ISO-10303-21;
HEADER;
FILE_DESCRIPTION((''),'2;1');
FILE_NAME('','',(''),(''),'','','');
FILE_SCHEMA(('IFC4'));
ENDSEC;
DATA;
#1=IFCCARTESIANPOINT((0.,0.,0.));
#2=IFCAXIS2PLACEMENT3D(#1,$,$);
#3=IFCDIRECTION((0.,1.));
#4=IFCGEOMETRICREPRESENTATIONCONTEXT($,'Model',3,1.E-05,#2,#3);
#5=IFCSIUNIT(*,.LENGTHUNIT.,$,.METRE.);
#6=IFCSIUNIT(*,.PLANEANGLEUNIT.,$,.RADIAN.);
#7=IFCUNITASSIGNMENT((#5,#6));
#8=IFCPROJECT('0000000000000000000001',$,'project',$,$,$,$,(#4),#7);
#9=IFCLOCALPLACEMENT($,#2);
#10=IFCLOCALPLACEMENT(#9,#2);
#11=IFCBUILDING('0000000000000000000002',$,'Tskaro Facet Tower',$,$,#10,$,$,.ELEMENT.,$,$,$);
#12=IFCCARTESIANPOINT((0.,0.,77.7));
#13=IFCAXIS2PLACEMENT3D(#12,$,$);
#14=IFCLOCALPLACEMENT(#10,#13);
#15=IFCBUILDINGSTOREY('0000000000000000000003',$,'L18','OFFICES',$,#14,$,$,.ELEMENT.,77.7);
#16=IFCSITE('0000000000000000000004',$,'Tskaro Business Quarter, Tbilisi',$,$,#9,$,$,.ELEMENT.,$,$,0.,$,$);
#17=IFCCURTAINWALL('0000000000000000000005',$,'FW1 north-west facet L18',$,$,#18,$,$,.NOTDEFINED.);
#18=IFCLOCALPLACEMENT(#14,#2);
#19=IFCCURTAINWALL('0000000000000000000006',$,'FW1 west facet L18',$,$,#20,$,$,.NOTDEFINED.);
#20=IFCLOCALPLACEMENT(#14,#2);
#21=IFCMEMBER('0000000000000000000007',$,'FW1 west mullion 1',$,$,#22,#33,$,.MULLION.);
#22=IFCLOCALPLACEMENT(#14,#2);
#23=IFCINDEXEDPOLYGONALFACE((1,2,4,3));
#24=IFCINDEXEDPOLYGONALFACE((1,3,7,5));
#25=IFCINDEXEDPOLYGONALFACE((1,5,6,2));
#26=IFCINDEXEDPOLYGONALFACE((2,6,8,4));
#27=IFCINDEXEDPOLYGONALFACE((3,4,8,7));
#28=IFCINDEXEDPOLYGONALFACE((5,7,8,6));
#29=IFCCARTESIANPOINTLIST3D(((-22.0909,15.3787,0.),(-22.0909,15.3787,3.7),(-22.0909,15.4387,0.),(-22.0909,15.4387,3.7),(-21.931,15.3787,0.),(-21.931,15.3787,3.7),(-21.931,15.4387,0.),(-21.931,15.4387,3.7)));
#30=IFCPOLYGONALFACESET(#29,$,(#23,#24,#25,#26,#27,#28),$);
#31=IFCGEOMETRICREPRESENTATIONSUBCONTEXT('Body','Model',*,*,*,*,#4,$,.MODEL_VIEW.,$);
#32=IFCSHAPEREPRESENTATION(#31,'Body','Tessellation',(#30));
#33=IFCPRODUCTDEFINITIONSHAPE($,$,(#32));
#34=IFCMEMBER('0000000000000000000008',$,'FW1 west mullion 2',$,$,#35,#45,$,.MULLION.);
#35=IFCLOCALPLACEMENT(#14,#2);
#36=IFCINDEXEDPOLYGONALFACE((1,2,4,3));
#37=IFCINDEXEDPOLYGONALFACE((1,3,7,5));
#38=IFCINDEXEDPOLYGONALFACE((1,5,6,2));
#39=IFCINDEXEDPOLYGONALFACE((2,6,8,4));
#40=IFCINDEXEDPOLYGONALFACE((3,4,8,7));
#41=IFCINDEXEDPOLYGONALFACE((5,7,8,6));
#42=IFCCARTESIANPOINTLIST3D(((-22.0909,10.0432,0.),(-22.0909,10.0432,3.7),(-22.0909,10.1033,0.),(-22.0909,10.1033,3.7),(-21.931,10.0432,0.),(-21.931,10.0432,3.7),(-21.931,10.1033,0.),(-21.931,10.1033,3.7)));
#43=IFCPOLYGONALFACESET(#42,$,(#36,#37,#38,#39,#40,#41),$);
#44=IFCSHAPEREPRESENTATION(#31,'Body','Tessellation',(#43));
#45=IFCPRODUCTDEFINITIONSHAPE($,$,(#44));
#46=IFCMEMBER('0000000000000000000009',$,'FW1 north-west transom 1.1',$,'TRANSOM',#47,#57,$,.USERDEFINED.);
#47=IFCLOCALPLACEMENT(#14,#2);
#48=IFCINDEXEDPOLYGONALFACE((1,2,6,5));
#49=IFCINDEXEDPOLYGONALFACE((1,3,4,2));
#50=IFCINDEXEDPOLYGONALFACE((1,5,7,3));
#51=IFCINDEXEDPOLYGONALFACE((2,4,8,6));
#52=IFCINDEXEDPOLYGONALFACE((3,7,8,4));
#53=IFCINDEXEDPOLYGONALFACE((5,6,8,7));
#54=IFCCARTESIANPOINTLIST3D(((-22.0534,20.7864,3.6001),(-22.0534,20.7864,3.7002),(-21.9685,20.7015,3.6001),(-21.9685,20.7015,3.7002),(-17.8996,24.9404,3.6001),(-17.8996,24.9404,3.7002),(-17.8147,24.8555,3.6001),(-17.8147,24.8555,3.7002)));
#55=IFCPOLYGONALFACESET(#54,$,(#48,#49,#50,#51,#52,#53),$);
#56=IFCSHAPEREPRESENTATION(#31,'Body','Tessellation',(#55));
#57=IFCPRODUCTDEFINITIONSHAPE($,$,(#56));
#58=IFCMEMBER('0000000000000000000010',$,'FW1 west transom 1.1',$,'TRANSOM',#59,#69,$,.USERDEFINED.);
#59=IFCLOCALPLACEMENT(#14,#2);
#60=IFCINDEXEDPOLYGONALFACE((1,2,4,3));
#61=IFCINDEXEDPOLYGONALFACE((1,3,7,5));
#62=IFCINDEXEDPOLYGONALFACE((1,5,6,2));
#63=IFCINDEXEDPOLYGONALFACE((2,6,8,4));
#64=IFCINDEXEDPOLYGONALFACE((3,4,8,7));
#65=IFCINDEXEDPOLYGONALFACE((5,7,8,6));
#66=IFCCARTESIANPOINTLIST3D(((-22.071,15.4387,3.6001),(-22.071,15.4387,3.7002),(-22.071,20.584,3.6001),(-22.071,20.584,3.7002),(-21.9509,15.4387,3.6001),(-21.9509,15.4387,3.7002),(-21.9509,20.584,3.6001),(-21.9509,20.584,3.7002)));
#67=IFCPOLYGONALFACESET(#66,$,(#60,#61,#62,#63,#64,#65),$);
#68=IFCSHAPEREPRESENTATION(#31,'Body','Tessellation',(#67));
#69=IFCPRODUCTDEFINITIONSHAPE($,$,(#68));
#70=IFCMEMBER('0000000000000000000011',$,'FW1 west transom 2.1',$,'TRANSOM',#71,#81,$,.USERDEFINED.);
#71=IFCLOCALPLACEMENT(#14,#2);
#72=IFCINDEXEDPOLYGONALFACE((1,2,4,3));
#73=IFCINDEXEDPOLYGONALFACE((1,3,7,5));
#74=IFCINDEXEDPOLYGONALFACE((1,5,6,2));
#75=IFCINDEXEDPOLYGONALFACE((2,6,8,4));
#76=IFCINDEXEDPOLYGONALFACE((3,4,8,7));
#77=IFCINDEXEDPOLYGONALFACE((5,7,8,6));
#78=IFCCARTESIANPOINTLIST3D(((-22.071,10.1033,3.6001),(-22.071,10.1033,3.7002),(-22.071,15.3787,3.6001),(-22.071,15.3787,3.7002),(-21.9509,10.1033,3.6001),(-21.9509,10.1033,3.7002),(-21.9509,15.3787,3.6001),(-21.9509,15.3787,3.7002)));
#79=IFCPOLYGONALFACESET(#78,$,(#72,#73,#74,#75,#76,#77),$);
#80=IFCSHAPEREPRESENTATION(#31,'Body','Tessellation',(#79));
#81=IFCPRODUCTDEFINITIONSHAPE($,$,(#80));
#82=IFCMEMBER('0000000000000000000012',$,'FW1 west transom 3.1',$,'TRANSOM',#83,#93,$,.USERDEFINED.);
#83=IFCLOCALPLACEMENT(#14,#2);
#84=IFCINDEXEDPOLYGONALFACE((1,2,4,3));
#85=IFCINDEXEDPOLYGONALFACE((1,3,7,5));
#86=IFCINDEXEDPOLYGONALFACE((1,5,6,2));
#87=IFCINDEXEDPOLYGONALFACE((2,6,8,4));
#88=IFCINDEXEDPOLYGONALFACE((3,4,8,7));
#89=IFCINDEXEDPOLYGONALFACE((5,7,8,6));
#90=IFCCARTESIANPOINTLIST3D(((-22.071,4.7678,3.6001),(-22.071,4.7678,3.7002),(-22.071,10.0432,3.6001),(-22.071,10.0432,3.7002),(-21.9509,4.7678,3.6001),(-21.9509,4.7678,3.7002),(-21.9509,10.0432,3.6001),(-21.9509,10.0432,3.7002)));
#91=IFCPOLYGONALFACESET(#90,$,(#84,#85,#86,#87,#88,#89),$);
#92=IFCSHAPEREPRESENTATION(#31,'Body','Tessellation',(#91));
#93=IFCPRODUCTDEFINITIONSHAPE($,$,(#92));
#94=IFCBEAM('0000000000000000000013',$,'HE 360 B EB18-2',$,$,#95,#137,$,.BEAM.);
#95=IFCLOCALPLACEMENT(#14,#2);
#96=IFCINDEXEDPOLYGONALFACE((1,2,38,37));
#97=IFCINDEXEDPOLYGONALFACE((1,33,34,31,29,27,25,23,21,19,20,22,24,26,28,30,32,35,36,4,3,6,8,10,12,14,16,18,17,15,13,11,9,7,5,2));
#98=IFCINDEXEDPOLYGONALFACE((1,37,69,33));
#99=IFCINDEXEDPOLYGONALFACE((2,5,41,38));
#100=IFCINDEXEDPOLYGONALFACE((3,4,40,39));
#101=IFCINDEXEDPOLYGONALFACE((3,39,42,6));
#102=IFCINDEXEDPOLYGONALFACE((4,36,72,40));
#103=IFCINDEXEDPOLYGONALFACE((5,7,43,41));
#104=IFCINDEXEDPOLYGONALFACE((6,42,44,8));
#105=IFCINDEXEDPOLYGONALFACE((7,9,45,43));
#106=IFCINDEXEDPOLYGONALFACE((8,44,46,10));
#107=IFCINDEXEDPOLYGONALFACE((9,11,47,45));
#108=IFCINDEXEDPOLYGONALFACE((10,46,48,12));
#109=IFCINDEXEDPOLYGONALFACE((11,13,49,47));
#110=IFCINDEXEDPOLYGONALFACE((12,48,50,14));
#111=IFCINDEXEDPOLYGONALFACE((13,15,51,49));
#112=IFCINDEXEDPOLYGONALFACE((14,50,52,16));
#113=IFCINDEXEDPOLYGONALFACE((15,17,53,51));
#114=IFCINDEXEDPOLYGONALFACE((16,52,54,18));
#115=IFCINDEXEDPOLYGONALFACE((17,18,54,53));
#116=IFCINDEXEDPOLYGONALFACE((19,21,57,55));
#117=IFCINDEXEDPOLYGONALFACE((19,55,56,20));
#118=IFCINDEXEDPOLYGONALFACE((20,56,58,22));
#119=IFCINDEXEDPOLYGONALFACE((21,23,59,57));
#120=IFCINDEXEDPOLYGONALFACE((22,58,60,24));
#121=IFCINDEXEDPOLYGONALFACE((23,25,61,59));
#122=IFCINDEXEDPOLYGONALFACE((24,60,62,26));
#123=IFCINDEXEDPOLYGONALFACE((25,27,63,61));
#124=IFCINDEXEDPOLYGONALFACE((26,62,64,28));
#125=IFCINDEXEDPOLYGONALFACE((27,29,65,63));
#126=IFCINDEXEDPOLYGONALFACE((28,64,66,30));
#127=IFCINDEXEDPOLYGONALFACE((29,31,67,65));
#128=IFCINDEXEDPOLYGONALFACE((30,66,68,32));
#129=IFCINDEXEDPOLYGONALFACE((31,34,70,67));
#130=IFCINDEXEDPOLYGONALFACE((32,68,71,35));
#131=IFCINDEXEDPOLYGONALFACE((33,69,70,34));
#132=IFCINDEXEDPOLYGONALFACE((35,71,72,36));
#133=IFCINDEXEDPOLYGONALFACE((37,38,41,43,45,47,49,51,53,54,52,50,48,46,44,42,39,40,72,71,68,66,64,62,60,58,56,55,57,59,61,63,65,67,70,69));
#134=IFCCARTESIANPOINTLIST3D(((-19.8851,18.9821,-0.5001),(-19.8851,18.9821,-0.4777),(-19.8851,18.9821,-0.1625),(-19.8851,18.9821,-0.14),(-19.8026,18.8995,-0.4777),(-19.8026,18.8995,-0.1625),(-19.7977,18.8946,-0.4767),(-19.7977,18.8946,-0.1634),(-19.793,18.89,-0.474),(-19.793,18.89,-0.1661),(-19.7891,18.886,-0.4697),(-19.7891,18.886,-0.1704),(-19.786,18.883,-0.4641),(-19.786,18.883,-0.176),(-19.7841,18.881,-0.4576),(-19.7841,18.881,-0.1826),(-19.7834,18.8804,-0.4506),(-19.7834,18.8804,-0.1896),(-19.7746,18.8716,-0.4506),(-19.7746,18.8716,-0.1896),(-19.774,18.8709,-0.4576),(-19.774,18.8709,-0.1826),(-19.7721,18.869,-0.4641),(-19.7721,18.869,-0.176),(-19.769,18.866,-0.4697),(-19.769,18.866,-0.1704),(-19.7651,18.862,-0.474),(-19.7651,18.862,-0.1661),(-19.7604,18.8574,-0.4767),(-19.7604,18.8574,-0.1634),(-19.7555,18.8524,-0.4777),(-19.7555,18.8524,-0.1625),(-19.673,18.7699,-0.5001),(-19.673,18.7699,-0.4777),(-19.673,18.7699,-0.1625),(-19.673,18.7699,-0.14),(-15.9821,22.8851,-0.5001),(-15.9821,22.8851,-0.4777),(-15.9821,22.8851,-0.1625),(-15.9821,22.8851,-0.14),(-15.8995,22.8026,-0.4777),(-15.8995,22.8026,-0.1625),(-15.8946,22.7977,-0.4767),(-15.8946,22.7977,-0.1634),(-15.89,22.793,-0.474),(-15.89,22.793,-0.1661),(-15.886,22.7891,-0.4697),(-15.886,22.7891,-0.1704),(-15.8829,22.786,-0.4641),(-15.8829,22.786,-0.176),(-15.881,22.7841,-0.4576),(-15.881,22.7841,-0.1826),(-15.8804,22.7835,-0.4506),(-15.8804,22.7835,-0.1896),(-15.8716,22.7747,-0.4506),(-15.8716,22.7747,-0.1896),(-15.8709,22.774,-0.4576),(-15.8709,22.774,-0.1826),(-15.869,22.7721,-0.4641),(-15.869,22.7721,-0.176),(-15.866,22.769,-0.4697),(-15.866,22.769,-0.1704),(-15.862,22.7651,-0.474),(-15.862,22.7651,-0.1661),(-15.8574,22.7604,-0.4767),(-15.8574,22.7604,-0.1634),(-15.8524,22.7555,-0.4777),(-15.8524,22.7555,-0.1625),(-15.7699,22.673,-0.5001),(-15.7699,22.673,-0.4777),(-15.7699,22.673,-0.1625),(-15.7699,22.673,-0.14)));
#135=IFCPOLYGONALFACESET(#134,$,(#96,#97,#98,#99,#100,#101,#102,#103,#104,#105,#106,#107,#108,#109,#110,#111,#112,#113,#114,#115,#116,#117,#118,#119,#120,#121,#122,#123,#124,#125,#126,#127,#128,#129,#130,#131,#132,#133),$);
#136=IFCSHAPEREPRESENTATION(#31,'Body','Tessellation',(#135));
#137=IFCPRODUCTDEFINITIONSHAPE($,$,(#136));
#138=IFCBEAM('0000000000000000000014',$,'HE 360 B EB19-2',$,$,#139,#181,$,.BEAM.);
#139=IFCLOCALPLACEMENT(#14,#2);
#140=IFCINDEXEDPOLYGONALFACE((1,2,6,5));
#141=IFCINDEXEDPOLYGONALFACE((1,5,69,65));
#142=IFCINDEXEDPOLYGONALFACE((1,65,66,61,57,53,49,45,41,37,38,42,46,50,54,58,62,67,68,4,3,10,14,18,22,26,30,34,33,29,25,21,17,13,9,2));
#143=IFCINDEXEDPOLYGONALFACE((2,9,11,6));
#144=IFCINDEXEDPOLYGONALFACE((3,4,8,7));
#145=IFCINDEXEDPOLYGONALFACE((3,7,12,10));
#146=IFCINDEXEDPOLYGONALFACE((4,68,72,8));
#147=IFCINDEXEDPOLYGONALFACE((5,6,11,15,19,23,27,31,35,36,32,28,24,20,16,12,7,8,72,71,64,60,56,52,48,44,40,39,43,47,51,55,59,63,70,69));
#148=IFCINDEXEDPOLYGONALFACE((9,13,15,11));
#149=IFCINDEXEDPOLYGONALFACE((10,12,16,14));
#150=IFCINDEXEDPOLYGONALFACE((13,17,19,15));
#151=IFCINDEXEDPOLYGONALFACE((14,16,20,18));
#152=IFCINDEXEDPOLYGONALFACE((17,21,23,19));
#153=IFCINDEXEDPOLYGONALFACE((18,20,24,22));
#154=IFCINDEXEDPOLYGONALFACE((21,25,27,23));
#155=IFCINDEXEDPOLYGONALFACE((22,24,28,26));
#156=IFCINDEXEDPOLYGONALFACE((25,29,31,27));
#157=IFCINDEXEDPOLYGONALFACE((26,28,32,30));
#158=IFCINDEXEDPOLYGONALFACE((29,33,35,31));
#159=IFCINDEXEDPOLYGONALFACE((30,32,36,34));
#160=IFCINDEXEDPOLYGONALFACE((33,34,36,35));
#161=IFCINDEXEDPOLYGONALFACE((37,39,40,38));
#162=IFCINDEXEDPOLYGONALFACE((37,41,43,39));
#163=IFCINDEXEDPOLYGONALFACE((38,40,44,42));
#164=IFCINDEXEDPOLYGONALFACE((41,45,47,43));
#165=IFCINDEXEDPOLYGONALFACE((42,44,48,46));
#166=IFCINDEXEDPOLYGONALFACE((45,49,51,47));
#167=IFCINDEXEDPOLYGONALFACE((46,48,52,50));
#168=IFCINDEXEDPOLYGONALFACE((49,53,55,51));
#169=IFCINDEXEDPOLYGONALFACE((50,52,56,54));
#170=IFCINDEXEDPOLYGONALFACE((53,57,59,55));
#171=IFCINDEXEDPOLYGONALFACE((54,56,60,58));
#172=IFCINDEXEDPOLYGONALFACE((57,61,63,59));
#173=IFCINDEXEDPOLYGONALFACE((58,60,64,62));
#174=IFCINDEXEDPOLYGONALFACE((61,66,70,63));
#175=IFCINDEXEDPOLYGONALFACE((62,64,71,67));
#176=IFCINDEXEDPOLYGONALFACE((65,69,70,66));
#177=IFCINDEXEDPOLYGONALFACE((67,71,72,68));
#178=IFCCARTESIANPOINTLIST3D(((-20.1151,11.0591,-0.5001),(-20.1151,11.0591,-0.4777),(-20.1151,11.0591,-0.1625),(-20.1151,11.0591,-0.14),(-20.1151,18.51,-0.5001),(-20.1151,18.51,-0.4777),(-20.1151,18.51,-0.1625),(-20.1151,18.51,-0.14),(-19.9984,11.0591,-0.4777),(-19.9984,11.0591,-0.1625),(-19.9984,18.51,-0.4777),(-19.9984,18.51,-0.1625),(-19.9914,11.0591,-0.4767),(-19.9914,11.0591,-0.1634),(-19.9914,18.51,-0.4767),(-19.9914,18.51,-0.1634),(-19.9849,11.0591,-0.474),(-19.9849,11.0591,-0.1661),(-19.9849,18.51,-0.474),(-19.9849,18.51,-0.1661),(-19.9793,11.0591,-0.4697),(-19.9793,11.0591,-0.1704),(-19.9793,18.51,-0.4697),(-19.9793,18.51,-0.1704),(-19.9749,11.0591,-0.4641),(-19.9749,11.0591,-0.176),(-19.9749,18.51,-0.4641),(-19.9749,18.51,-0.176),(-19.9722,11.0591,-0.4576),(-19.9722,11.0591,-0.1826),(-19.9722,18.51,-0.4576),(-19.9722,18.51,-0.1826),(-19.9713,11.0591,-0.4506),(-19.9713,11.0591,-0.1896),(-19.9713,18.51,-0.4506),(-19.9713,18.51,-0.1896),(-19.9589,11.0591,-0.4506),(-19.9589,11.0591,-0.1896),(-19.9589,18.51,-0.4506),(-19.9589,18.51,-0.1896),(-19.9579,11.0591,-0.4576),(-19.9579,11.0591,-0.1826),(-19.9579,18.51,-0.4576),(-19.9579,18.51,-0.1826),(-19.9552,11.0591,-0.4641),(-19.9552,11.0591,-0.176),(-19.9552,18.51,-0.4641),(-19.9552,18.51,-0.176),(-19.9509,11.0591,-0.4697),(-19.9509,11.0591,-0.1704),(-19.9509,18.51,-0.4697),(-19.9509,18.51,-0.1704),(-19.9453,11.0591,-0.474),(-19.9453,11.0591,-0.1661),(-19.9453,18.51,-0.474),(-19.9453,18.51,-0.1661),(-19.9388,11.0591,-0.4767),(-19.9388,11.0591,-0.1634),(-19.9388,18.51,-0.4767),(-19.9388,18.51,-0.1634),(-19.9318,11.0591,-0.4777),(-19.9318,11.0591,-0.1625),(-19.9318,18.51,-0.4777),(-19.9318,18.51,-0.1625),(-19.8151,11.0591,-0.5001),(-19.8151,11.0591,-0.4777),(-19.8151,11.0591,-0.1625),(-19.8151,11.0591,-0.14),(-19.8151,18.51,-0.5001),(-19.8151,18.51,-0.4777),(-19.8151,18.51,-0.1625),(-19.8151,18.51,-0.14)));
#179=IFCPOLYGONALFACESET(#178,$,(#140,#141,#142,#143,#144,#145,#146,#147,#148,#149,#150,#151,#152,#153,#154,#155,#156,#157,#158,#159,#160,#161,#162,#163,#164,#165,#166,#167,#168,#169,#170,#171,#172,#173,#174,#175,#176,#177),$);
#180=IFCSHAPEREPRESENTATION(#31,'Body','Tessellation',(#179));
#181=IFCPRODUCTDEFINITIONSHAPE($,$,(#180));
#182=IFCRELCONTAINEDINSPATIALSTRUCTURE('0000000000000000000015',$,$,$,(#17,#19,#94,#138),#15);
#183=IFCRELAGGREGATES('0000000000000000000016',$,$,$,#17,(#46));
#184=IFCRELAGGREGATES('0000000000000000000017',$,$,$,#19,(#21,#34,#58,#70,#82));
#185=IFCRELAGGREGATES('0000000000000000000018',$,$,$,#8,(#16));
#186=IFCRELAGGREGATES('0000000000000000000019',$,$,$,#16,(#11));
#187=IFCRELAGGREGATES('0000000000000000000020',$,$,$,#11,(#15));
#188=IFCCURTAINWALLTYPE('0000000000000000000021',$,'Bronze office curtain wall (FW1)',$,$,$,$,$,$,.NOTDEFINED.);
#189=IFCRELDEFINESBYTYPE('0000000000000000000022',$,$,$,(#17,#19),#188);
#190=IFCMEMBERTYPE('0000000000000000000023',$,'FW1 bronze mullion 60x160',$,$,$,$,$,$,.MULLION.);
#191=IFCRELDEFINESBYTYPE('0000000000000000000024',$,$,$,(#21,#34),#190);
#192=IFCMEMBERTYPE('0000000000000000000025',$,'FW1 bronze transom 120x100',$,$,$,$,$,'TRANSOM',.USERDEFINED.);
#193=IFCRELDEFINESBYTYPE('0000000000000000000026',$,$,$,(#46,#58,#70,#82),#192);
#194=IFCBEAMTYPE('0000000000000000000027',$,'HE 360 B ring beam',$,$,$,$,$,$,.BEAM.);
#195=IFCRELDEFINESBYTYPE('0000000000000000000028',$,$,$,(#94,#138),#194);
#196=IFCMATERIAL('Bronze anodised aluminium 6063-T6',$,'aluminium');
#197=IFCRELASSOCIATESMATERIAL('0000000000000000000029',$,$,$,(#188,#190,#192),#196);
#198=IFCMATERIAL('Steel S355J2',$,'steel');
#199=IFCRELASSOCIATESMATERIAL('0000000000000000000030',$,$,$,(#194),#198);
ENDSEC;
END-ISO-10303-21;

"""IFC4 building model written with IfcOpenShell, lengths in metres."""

from ifc_helpers import new_model, si_unit, direction, frame, origin, origin_2d, place, context, subcontext, project, spatial, rectangle, i_section, extrude, material, material_profile, profile_set, type_object, element, aggregate, save


model = new_model("IFC4")

# Units and contexts
model_context = context("Model", 3, precision=1e-05, world=origin(), true_north=direction((0.0, 1.0)))
body_context = subcontext(model_context, "Body", "Model", "MODEL_VIEW")
ifc_project = project(units=[si_unit("LENGTHUNIT", "METRE"), si_unit("PLANEANGLEUNIT", "RADIAN")], contexts=[model_context])

# Site, building, storey
site_placement = place(None, origin())
site = spatial("IfcSite", under=ifc_project, at=site_placement, Name="Tskaro Business Quarter, Tbilisi", CompositionType="ELEMENT", RefElevation=0.0)
building_placement = place(site_placement, origin())
building = spatial("IfcBuilding", under=site, at=building_placement, Name="Tskaro Facet Tower", CompositionType="ELEMENT")
storey_placement = place(building_placement, frame((0.0, 0.0, 77.7)))
storey = spatial("IfcBuildingStorey", under=building, at=storey_placement, Name="L18", Description="OFFICES", CompositionType="ELEMENT", Elevation=77.7)

# Curtain wall
ifc_material_1 = material(Name="Bronze anodised aluminium 6063-T6", Category="aluminium")
curtain_wall_type = type_object("IfcCurtainWallType", Name="Bronze office curtain wall (FW1)", PredefinedType="NOTDEFINED", material=ifc_material_1)
curtain_wall_1_placement = place(storey_placement, origin())
curtain_wall_1 = element("IfcCurtainWall", 1, at=curtain_wall_1_placement, inside=storey, type_object=curtain_wall_type, Name="FW1 north-west facet L18", PredefinedType="NOTDEFINED")

# Curtain wall, members
curtain_wall_2_placement = place(storey_placement, origin())
curtain_wall_2 = element("IfcCurtainWall", 2, at=curtain_wall_2_placement, inside=storey, type_object=curtain_wall_type, Name="FW1 west facet L18", PredefinedType="NOTDEFINED")
ifc_material_profile_1 = material_profile(ifc_material_1, rectangle(XDim=0.0601, YDim=0.1599, at=origin_2d()), Name="Mullion 60x160")
ifc_profile_set_1 = profile_set([ifc_material_profile_1], Name="Bronze anodised aluminium 6063-T6")
member_type_1 = type_object("IfcMemberType", Name="FW1 bronze mullion 60x160", PredefinedType="MULLION", material=ifc_profile_set_1)
member_1_placement = place(storey_placement, frame((-22.011, 15.4087, 0.0), z_axis=(0.0, 0.0, 1.0), x_axis=(0.0, -1.0, 0.0)))
member_1 = element("IfcMember", 3, at=member_1_placement, type_object=member_type_1, Name="FW1 west mullion 1", PredefinedType="MULLION", context=body_context, shape_type="SweptSolid", body=[
    extrude(rectangle(XDim=0.0601, YDim=0.1599, at=origin_2d()), origin(), (0.0, 0.0, 1.0), 3.7),
])
member_2_placement = place(storey_placement, frame((-22.011, 10.0732, 0.0), z_axis=(0.0, 0.0, 1.0), x_axis=(0.0, -1.0, 0.0)))
member_2 = element("IfcMember", 4, at=member_2_placement, type_object=member_type_1, Name="FW1 west mullion 2", PredefinedType="MULLION", context=body_context, shape_type="SweptSolid", body=[
    extrude(rectangle(XDim=0.0601, YDim=0.1599, at=origin_2d()), origin(), (0.0, 0.0, 1.0), 3.7),
])

# Members
ifc_material_profile_2 = material_profile(ifc_material_1, rectangle(XDim=0.1201, YDim=0.1001, at=origin_2d()), Name="Transom 120x100")
ifc_profile_set_2 = profile_set([ifc_material_profile_2], Name="Bronze anodised aluminium 6063-T6")
member_type_2 = type_object("IfcMemberType", Name="FW1 bronze transom 120x100", ElementType="TRANSOM", PredefinedType="USERDEFINED", material=ifc_profile_set_2)
member_3_placement = place(storey_placement, frame((-17.8572, 24.8979, 3.6501), z_axis=(-0.707086, -0.707128, 0.0), x_axis=(0.707128, -0.707086, 0.0)))
member_3 = element("IfcMember", 5, at=member_3_placement, type_object=member_type_2, Name="FW1 north-west transom 1.1", ObjectType="TRANSOM", PredefinedType="USERDEFINED", context=body_context, shape_type="SweptSolid", body=[
    extrude(rectangle(XDim=0.1201, YDim=0.1001, at=origin_2d()), origin(), (0.0, 0.0, 1.0), 5.8745),
])
member_4_placement = place(storey_placement, frame((-22.011, 20.584, 3.6501), z_axis=(0.0, -1.0, 0.0), x_axis=(1.0, 0.0, 0.0)))
member_4 = element("IfcMember", 6, at=member_4_placement, type_object=member_type_2, Name="FW1 west transom 1.1", ObjectType="TRANSOM", PredefinedType="USERDEFINED", context=body_context, shape_type="SweptSolid", body=[
    extrude(rectangle(XDim=0.1201, YDim=0.1001, at=origin_2d()), origin(), (0.0, 0.0, 1.0), 5.1453),
])
member_5_placement = place(storey_placement, frame((-22.011, 15.3787, 3.6501), z_axis=(0.0, -1.0, 0.0), x_axis=(1.0, 0.0, 0.0)))
member_5 = element("IfcMember", 7, at=member_5_placement, type_object=member_type_2, Name="FW1 west transom 2.1", ObjectType="TRANSOM", PredefinedType="USERDEFINED", context=body_context, shape_type="SweptSolid", body=[
    extrude(rectangle(XDim=0.1201, YDim=0.1001, at=origin_2d()), origin(), (0.0, 0.0, 1.0), 5.2754),
])
member_6_placement = place(storey_placement, frame((-22.011, 10.0432, 3.6501), z_axis=(0.0, -1.0, 0.0), x_axis=(1.0, 0.0, 0.0)))
member_6 = element("IfcMember", 8, at=member_6_placement, type_object=member_type_2, Name="FW1 west transom 3.1", ObjectType="TRANSOM", PredefinedType="USERDEFINED", context=body_context, shape_type="SweptSolid", body=[
    extrude(rectangle(XDim=0.1201, YDim=0.1001, at=origin_2d()), origin(), (0.0, 0.0, 1.0), 5.2754),
])

# Beams
ifc_material_2 = material(Name="Steel S355J2", Category="steel")
ifc_material_profile_3 = material_profile(ifc_material_2, i_section(OverallWidth=0.3, OverallDepth=0.3601, WebThickness=0.0125, FlangeThickness=0.0225, FilletRadius=0.0271, at=origin_2d()), Name="HE 360 B")
ifc_profile_set_3 = profile_set([ifc_material_profile_3], Name="Steel S355J2")
beam_type_1 = type_object("IfcBeamType", Name="HE 360 B ring beam", PredefinedType="BEAM", material=ifc_profile_set_3)
beam_1_placement = place(storey_placement, frame((-15.876, 22.7791, -0.3201), z_axis=(-0.707107, -0.707107, 0.0), x_axis=(0.707107, -0.707107, 0.0)))
element("IfcBeam", 9, at=beam_1_placement, inside=storey, type_object=beam_type_1, Name="HE 360 B EB18-2", PredefinedType="BEAM", context=body_context, shape_type="SweptSolid", body=[
    extrude(i_section(OverallWidth=0.3, OverallDepth=0.3601, WebThickness=0.0125, FlangeThickness=0.0225, FilletRadius=0.0271, at=origin_2d()), origin(), (0.0, 0.0, 1.0), 5.5198),
])
for number, where, z_axis, x_axis, name in (
    (10, (-19.9651, 18.51, -0.3201), (0.0, -1.0, 0.0), (1.0, 0.0, 0.0), "HE 360 B EB19-2"),
):
    element("IfcBeam", number, at=place(storey_placement, frame(where, z_axis=z_axis, x_axis=x_axis)), inside=storey, type_object=beam_type_1, Name=name, PredefinedType="BEAM", context=body_context, shape_type="SweptSolid", body=[
        extrude(i_section(OverallWidth=0.3, OverallDepth=0.3601, WebThickness=0.0125, FlangeThickness=0.0225, FilletRadius=0.0271, at=origin_2d()), origin(), (0.0, 0.0, 1.0), 7.4509),
    ])

aggregate(curtain_wall_1, [member_3])
aggregate(curtain_wall_2, [member_1, member_2, member_4, member_5, member_6])

save(model, "model.ifc")
